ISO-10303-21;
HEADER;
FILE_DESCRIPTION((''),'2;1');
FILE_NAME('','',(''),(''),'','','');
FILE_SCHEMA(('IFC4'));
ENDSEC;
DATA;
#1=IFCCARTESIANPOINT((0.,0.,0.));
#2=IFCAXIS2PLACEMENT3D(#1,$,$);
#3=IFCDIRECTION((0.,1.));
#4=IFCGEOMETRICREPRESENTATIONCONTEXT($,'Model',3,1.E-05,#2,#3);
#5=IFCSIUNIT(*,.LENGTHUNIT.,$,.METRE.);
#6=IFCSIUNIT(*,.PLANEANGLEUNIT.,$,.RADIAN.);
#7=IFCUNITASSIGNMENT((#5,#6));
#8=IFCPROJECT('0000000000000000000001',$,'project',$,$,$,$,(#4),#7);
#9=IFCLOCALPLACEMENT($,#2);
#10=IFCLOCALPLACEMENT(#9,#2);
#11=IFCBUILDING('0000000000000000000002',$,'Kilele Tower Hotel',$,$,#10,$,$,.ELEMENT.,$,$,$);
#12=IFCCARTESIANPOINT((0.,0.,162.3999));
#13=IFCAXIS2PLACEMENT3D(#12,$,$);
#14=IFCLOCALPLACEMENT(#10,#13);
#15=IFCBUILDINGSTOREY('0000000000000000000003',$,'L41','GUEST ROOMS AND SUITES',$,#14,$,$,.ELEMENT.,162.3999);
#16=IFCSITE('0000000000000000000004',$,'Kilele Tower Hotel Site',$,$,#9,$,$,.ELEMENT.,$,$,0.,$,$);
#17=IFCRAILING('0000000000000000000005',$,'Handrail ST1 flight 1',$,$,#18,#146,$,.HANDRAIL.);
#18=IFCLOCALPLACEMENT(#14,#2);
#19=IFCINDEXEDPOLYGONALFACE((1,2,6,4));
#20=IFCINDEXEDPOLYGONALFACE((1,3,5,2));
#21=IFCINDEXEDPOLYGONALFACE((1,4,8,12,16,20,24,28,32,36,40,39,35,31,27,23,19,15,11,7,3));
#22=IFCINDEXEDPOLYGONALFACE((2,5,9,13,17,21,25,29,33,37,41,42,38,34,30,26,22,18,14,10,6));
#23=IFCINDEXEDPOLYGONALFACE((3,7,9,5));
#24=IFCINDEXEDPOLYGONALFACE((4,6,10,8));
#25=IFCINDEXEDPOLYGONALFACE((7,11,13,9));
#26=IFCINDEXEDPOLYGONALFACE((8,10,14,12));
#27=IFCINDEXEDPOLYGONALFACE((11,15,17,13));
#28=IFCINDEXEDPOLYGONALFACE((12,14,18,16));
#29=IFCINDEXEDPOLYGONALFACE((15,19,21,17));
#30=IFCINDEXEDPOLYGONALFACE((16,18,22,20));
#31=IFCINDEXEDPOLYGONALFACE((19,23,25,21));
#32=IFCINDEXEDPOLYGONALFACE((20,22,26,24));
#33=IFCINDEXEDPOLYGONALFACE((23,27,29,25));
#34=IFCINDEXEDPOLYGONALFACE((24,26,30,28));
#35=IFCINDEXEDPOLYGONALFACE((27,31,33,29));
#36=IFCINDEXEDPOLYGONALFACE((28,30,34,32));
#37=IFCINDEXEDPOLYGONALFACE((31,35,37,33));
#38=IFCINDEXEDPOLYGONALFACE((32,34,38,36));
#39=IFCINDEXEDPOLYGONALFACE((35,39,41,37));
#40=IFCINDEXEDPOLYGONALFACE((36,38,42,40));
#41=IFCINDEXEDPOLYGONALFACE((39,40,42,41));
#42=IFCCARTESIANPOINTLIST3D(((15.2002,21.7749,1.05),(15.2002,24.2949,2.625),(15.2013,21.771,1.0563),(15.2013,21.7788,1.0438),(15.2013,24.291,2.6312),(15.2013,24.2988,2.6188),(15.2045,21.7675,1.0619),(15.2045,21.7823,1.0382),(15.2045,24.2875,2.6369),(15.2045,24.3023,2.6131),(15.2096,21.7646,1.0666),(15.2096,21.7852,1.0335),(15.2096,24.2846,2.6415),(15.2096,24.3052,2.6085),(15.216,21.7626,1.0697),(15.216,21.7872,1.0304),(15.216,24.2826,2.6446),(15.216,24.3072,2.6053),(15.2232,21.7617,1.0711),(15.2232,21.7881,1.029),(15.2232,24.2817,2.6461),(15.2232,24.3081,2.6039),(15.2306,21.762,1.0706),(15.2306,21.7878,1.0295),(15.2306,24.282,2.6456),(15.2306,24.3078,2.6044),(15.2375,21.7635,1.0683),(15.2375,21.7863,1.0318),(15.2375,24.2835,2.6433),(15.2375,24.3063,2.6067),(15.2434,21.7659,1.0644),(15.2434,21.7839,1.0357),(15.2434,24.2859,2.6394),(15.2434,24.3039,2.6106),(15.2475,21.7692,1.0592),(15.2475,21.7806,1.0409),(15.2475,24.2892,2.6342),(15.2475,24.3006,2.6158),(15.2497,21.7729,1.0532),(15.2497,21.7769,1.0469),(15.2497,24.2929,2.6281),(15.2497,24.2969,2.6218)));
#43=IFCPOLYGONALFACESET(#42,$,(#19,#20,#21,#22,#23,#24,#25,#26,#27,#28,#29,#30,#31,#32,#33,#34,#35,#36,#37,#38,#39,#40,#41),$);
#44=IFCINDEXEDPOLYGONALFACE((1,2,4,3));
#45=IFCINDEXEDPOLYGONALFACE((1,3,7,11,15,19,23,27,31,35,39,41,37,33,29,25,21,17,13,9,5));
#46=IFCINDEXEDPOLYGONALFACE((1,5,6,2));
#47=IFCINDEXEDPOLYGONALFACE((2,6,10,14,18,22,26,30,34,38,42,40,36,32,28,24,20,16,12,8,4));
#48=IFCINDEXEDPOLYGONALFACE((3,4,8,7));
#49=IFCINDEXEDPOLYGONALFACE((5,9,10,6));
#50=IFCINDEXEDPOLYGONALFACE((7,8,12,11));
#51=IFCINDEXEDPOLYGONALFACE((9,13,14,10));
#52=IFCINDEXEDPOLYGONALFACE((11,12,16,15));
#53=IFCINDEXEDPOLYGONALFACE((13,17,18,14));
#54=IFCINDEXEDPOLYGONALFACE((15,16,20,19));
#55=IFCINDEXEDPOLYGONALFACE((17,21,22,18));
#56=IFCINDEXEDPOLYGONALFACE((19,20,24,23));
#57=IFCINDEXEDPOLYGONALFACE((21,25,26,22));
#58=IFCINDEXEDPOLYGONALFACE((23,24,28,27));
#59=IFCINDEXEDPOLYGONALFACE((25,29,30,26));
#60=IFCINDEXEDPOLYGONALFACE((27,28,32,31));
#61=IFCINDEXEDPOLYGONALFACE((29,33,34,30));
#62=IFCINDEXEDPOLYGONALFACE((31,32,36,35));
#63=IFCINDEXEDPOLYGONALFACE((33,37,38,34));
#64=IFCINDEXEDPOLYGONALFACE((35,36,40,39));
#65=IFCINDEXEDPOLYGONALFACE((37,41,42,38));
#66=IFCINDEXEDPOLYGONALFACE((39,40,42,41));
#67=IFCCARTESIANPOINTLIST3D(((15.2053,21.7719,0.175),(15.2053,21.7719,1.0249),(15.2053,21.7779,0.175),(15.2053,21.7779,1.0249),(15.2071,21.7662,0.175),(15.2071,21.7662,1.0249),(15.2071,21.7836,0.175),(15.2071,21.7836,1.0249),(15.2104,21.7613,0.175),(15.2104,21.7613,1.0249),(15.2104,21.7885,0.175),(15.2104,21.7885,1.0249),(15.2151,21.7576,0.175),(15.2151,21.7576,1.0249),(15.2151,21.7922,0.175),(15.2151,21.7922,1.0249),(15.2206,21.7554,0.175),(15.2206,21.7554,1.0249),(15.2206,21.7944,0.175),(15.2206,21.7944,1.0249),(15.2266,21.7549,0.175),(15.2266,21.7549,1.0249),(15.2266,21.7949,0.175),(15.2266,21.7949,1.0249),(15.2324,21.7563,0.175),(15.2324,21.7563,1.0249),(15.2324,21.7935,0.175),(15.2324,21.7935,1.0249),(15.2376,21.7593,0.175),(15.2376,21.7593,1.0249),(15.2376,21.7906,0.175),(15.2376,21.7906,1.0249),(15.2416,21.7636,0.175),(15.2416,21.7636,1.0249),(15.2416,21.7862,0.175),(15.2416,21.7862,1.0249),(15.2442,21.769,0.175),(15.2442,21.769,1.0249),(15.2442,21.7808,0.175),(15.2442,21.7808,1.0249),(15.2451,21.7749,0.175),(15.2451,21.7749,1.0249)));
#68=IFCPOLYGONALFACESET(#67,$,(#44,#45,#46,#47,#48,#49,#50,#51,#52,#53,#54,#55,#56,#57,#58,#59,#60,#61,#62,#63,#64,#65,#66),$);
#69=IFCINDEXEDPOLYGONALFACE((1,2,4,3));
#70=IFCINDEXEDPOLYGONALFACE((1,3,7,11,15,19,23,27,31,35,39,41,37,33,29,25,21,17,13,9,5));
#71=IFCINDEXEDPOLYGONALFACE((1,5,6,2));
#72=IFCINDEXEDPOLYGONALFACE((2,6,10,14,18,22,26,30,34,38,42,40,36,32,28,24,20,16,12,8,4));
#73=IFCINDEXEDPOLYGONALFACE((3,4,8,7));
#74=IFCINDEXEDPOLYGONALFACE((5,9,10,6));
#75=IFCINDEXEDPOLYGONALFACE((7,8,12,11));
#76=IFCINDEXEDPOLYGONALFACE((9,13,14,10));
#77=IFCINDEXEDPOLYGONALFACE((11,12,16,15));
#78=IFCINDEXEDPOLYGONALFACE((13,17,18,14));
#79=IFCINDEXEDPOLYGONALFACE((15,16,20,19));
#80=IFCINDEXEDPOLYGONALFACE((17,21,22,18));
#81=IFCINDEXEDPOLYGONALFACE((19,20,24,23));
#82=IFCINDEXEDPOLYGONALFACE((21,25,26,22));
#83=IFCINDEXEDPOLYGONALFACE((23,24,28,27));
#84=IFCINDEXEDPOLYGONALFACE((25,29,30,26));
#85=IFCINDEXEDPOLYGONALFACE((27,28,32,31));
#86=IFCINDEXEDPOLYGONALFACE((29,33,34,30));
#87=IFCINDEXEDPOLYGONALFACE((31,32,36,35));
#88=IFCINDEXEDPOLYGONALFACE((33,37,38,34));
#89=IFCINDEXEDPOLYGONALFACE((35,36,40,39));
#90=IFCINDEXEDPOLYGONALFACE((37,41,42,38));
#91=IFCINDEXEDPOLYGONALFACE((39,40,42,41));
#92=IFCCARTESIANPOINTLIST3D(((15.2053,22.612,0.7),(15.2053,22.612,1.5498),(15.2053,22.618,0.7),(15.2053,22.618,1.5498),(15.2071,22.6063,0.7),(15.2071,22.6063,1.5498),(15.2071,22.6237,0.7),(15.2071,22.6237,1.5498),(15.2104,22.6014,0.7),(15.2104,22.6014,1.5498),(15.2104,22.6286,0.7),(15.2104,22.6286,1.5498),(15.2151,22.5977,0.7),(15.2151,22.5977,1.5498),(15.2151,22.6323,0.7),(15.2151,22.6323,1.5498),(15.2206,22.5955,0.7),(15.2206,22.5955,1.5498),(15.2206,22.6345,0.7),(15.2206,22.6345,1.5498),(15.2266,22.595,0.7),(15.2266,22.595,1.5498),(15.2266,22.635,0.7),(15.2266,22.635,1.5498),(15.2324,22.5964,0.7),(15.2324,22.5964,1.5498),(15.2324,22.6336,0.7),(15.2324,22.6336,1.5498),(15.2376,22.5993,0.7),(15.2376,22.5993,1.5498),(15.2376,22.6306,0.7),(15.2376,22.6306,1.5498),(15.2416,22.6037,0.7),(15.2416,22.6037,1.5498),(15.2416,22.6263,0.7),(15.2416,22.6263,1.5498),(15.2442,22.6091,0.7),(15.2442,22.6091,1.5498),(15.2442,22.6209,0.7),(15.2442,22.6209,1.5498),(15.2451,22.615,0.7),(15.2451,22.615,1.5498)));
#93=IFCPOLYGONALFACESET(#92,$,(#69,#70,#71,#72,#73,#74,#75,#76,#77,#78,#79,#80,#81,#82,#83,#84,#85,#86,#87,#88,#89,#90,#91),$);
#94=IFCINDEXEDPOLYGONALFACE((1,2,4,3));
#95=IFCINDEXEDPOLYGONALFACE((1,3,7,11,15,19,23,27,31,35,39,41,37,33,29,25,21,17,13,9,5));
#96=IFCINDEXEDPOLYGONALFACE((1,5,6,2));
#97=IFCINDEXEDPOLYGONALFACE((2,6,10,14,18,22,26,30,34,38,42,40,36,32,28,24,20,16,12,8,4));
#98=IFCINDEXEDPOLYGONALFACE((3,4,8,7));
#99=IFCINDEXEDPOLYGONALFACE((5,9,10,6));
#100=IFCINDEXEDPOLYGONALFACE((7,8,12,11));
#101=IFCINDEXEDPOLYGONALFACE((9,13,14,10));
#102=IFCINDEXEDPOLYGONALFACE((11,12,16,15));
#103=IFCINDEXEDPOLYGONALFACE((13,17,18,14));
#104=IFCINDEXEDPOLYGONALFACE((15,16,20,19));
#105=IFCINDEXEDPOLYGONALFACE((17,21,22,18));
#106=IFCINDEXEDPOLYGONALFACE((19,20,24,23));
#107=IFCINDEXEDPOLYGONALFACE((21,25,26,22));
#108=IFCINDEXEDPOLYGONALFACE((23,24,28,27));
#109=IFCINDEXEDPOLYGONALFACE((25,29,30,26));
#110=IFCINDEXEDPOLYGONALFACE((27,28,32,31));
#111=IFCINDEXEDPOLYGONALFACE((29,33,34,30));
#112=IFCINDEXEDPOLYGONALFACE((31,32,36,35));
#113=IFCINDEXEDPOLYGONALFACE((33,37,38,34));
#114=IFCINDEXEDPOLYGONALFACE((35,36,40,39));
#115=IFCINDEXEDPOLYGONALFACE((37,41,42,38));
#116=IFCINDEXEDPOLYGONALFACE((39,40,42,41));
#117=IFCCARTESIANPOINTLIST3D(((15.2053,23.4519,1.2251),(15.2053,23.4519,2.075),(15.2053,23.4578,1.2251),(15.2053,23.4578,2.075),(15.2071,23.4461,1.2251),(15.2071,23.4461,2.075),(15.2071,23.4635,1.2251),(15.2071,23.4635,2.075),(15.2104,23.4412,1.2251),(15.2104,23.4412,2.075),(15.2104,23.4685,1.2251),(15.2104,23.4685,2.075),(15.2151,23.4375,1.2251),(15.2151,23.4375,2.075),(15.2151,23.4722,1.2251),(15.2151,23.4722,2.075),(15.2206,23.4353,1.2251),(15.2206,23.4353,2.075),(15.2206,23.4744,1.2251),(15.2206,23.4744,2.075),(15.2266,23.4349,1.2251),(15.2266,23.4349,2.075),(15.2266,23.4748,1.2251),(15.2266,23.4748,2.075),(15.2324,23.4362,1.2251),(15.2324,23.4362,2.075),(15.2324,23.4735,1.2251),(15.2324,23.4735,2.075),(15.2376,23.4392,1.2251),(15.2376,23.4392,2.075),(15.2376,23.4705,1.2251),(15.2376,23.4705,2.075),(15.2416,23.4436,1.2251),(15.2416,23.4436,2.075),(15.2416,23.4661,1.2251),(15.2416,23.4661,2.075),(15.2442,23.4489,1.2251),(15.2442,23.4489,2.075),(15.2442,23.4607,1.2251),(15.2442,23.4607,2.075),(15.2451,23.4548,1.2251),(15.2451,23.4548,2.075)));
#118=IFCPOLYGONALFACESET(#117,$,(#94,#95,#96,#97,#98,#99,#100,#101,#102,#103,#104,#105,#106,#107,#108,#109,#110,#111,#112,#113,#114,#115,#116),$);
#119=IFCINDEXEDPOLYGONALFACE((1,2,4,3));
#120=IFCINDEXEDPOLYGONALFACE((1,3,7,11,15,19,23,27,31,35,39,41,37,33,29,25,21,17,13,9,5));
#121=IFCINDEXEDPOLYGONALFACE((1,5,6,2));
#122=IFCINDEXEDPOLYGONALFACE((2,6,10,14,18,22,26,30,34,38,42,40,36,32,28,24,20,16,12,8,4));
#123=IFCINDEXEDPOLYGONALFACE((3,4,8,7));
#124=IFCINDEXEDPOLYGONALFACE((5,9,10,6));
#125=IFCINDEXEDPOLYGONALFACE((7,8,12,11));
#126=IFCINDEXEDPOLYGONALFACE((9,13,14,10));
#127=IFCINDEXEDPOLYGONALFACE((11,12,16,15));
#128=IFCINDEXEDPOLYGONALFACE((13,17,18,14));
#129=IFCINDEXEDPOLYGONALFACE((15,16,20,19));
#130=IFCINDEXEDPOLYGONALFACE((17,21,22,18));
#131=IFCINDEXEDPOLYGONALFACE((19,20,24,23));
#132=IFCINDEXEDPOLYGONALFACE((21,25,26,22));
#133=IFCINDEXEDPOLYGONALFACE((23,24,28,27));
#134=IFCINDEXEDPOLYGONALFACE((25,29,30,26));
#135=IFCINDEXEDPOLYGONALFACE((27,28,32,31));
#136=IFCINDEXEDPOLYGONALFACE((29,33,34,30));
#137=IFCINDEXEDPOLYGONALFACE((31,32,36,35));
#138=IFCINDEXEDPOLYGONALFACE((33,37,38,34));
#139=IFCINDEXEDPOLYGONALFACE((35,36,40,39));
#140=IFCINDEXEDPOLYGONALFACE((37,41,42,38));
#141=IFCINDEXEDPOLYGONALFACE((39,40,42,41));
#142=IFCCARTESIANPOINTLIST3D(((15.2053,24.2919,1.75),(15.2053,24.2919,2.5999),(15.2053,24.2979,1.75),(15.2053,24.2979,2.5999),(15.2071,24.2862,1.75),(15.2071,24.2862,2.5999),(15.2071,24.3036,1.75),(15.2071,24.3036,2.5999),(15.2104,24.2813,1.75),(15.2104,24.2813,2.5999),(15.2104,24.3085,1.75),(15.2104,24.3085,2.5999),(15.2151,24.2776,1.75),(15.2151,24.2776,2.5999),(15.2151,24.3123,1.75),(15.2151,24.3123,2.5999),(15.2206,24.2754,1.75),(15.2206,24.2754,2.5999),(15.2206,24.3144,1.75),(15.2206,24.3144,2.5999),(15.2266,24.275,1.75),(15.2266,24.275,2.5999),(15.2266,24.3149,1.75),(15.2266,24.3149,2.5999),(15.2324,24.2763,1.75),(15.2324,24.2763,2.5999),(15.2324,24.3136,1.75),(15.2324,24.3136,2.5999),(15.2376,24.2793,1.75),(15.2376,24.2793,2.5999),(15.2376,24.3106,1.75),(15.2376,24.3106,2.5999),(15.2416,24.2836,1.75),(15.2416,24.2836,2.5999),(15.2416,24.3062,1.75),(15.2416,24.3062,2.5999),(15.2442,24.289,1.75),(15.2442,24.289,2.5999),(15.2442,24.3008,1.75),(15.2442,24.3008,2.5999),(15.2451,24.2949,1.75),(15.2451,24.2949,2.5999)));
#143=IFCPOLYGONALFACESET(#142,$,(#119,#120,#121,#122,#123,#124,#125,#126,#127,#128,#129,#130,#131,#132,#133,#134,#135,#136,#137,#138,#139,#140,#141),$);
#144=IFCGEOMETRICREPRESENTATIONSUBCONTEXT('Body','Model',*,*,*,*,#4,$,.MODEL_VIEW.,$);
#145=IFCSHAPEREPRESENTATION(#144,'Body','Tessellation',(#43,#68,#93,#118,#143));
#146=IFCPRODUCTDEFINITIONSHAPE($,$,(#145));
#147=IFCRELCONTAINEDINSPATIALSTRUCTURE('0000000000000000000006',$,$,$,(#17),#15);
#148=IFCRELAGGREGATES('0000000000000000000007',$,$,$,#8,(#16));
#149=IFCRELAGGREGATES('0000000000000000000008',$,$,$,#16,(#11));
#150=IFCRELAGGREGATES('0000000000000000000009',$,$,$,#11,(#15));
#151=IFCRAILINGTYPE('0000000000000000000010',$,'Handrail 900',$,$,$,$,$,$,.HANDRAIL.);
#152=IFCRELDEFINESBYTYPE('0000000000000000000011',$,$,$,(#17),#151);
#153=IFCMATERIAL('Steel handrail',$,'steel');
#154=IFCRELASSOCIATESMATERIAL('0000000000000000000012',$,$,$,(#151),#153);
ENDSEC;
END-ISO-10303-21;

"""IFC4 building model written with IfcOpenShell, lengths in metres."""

from ifc_helpers import new_model, si_unit, direction, frame, origin, origin_2d, place, context, subcontext, project, spatial, circle, extrude, material, type_object, element, save


model = new_model("IFC4")

# Units and contexts
model_context = context("Model", 3, precision=1e-05, world=origin(), true_north=direction((0.0, 1.0)))
body_context = subcontext(model_context, "Body", "Model", "MODEL_VIEW")
ifc_project = project(units=[si_unit("LENGTHUNIT", "METRE"), si_unit("PLANEANGLEUNIT", "RADIAN")], contexts=[model_context])

# Site, building, storey
site_placement = place(None, origin())
site = spatial("IfcSite", under=ifc_project, at=site_placement, Name="Kilele Tower Hotel Site", CompositionType="ELEMENT", RefElevation=0.0)
building_placement = place(site_placement, origin())
building = spatial("IfcBuilding", under=site, at=building_placement, Name="Kilele Tower Hotel", CompositionType="ELEMENT")
storey_placement = place(building_placement, frame((0.0, 0.0, 162.3999)))
storey = spatial("IfcBuildingStorey", under=building, at=storey_placement, Name="L41", Description="GUEST ROOMS AND SUITES", CompositionType="ELEMENT", Elevation=162.3999)

# Railing
ifc_material_1 = material(Name="Steel handrail", Category="steel")
railing_type_1 = type_object("IfcRailingType", Name="Handrail 900", PredefinedType="HANDRAIL", material=ifc_material_1)
for number, where, name in (
    (1, (15.2251, 21.7749, 0.175), "Handrail ST1 flight 1"),
):
    element("IfcRailing", number, at=place(storey_placement, frame(where)), inside=storey, type_object=railing_type_1, Name=name, PredefinedType="HANDRAIL", context=body_context, shape_type="SweptSolid", body=[
        extrude(circle(Radius=0.0249, at=origin_2d()), frame((0.0, 0.0, 0.875), z_axis=(0.0, 0.848008, 0.529984), x_axis=(-1.0, 0.0, 0.0)), (0.0, 0.0, 1.0), 2.9717),
        extrude(circle(Radius=0.02, at=origin_2d()), origin(), (0.0, 0.0, 1.0), 0.8499),
        extrude(circle(Radius=0.02, at=origin_2d()), frame((0.0, 0.8401, 0.5249)), (0.0, 0.0, 1.0), 0.8499),
        extrude(circle(Radius=0.02, at=origin_2d()), frame((0.0, 1.6799, 1.05)), (0.0, 0.0, 1.0), 0.8499),
        extrude(circle(Radius=0.02, at=origin_2d()), frame((0.0, 2.52, 1.575)), (0.0, 0.0, 1.0), 0.8499),
    ])

save(model, "model.ifc")
